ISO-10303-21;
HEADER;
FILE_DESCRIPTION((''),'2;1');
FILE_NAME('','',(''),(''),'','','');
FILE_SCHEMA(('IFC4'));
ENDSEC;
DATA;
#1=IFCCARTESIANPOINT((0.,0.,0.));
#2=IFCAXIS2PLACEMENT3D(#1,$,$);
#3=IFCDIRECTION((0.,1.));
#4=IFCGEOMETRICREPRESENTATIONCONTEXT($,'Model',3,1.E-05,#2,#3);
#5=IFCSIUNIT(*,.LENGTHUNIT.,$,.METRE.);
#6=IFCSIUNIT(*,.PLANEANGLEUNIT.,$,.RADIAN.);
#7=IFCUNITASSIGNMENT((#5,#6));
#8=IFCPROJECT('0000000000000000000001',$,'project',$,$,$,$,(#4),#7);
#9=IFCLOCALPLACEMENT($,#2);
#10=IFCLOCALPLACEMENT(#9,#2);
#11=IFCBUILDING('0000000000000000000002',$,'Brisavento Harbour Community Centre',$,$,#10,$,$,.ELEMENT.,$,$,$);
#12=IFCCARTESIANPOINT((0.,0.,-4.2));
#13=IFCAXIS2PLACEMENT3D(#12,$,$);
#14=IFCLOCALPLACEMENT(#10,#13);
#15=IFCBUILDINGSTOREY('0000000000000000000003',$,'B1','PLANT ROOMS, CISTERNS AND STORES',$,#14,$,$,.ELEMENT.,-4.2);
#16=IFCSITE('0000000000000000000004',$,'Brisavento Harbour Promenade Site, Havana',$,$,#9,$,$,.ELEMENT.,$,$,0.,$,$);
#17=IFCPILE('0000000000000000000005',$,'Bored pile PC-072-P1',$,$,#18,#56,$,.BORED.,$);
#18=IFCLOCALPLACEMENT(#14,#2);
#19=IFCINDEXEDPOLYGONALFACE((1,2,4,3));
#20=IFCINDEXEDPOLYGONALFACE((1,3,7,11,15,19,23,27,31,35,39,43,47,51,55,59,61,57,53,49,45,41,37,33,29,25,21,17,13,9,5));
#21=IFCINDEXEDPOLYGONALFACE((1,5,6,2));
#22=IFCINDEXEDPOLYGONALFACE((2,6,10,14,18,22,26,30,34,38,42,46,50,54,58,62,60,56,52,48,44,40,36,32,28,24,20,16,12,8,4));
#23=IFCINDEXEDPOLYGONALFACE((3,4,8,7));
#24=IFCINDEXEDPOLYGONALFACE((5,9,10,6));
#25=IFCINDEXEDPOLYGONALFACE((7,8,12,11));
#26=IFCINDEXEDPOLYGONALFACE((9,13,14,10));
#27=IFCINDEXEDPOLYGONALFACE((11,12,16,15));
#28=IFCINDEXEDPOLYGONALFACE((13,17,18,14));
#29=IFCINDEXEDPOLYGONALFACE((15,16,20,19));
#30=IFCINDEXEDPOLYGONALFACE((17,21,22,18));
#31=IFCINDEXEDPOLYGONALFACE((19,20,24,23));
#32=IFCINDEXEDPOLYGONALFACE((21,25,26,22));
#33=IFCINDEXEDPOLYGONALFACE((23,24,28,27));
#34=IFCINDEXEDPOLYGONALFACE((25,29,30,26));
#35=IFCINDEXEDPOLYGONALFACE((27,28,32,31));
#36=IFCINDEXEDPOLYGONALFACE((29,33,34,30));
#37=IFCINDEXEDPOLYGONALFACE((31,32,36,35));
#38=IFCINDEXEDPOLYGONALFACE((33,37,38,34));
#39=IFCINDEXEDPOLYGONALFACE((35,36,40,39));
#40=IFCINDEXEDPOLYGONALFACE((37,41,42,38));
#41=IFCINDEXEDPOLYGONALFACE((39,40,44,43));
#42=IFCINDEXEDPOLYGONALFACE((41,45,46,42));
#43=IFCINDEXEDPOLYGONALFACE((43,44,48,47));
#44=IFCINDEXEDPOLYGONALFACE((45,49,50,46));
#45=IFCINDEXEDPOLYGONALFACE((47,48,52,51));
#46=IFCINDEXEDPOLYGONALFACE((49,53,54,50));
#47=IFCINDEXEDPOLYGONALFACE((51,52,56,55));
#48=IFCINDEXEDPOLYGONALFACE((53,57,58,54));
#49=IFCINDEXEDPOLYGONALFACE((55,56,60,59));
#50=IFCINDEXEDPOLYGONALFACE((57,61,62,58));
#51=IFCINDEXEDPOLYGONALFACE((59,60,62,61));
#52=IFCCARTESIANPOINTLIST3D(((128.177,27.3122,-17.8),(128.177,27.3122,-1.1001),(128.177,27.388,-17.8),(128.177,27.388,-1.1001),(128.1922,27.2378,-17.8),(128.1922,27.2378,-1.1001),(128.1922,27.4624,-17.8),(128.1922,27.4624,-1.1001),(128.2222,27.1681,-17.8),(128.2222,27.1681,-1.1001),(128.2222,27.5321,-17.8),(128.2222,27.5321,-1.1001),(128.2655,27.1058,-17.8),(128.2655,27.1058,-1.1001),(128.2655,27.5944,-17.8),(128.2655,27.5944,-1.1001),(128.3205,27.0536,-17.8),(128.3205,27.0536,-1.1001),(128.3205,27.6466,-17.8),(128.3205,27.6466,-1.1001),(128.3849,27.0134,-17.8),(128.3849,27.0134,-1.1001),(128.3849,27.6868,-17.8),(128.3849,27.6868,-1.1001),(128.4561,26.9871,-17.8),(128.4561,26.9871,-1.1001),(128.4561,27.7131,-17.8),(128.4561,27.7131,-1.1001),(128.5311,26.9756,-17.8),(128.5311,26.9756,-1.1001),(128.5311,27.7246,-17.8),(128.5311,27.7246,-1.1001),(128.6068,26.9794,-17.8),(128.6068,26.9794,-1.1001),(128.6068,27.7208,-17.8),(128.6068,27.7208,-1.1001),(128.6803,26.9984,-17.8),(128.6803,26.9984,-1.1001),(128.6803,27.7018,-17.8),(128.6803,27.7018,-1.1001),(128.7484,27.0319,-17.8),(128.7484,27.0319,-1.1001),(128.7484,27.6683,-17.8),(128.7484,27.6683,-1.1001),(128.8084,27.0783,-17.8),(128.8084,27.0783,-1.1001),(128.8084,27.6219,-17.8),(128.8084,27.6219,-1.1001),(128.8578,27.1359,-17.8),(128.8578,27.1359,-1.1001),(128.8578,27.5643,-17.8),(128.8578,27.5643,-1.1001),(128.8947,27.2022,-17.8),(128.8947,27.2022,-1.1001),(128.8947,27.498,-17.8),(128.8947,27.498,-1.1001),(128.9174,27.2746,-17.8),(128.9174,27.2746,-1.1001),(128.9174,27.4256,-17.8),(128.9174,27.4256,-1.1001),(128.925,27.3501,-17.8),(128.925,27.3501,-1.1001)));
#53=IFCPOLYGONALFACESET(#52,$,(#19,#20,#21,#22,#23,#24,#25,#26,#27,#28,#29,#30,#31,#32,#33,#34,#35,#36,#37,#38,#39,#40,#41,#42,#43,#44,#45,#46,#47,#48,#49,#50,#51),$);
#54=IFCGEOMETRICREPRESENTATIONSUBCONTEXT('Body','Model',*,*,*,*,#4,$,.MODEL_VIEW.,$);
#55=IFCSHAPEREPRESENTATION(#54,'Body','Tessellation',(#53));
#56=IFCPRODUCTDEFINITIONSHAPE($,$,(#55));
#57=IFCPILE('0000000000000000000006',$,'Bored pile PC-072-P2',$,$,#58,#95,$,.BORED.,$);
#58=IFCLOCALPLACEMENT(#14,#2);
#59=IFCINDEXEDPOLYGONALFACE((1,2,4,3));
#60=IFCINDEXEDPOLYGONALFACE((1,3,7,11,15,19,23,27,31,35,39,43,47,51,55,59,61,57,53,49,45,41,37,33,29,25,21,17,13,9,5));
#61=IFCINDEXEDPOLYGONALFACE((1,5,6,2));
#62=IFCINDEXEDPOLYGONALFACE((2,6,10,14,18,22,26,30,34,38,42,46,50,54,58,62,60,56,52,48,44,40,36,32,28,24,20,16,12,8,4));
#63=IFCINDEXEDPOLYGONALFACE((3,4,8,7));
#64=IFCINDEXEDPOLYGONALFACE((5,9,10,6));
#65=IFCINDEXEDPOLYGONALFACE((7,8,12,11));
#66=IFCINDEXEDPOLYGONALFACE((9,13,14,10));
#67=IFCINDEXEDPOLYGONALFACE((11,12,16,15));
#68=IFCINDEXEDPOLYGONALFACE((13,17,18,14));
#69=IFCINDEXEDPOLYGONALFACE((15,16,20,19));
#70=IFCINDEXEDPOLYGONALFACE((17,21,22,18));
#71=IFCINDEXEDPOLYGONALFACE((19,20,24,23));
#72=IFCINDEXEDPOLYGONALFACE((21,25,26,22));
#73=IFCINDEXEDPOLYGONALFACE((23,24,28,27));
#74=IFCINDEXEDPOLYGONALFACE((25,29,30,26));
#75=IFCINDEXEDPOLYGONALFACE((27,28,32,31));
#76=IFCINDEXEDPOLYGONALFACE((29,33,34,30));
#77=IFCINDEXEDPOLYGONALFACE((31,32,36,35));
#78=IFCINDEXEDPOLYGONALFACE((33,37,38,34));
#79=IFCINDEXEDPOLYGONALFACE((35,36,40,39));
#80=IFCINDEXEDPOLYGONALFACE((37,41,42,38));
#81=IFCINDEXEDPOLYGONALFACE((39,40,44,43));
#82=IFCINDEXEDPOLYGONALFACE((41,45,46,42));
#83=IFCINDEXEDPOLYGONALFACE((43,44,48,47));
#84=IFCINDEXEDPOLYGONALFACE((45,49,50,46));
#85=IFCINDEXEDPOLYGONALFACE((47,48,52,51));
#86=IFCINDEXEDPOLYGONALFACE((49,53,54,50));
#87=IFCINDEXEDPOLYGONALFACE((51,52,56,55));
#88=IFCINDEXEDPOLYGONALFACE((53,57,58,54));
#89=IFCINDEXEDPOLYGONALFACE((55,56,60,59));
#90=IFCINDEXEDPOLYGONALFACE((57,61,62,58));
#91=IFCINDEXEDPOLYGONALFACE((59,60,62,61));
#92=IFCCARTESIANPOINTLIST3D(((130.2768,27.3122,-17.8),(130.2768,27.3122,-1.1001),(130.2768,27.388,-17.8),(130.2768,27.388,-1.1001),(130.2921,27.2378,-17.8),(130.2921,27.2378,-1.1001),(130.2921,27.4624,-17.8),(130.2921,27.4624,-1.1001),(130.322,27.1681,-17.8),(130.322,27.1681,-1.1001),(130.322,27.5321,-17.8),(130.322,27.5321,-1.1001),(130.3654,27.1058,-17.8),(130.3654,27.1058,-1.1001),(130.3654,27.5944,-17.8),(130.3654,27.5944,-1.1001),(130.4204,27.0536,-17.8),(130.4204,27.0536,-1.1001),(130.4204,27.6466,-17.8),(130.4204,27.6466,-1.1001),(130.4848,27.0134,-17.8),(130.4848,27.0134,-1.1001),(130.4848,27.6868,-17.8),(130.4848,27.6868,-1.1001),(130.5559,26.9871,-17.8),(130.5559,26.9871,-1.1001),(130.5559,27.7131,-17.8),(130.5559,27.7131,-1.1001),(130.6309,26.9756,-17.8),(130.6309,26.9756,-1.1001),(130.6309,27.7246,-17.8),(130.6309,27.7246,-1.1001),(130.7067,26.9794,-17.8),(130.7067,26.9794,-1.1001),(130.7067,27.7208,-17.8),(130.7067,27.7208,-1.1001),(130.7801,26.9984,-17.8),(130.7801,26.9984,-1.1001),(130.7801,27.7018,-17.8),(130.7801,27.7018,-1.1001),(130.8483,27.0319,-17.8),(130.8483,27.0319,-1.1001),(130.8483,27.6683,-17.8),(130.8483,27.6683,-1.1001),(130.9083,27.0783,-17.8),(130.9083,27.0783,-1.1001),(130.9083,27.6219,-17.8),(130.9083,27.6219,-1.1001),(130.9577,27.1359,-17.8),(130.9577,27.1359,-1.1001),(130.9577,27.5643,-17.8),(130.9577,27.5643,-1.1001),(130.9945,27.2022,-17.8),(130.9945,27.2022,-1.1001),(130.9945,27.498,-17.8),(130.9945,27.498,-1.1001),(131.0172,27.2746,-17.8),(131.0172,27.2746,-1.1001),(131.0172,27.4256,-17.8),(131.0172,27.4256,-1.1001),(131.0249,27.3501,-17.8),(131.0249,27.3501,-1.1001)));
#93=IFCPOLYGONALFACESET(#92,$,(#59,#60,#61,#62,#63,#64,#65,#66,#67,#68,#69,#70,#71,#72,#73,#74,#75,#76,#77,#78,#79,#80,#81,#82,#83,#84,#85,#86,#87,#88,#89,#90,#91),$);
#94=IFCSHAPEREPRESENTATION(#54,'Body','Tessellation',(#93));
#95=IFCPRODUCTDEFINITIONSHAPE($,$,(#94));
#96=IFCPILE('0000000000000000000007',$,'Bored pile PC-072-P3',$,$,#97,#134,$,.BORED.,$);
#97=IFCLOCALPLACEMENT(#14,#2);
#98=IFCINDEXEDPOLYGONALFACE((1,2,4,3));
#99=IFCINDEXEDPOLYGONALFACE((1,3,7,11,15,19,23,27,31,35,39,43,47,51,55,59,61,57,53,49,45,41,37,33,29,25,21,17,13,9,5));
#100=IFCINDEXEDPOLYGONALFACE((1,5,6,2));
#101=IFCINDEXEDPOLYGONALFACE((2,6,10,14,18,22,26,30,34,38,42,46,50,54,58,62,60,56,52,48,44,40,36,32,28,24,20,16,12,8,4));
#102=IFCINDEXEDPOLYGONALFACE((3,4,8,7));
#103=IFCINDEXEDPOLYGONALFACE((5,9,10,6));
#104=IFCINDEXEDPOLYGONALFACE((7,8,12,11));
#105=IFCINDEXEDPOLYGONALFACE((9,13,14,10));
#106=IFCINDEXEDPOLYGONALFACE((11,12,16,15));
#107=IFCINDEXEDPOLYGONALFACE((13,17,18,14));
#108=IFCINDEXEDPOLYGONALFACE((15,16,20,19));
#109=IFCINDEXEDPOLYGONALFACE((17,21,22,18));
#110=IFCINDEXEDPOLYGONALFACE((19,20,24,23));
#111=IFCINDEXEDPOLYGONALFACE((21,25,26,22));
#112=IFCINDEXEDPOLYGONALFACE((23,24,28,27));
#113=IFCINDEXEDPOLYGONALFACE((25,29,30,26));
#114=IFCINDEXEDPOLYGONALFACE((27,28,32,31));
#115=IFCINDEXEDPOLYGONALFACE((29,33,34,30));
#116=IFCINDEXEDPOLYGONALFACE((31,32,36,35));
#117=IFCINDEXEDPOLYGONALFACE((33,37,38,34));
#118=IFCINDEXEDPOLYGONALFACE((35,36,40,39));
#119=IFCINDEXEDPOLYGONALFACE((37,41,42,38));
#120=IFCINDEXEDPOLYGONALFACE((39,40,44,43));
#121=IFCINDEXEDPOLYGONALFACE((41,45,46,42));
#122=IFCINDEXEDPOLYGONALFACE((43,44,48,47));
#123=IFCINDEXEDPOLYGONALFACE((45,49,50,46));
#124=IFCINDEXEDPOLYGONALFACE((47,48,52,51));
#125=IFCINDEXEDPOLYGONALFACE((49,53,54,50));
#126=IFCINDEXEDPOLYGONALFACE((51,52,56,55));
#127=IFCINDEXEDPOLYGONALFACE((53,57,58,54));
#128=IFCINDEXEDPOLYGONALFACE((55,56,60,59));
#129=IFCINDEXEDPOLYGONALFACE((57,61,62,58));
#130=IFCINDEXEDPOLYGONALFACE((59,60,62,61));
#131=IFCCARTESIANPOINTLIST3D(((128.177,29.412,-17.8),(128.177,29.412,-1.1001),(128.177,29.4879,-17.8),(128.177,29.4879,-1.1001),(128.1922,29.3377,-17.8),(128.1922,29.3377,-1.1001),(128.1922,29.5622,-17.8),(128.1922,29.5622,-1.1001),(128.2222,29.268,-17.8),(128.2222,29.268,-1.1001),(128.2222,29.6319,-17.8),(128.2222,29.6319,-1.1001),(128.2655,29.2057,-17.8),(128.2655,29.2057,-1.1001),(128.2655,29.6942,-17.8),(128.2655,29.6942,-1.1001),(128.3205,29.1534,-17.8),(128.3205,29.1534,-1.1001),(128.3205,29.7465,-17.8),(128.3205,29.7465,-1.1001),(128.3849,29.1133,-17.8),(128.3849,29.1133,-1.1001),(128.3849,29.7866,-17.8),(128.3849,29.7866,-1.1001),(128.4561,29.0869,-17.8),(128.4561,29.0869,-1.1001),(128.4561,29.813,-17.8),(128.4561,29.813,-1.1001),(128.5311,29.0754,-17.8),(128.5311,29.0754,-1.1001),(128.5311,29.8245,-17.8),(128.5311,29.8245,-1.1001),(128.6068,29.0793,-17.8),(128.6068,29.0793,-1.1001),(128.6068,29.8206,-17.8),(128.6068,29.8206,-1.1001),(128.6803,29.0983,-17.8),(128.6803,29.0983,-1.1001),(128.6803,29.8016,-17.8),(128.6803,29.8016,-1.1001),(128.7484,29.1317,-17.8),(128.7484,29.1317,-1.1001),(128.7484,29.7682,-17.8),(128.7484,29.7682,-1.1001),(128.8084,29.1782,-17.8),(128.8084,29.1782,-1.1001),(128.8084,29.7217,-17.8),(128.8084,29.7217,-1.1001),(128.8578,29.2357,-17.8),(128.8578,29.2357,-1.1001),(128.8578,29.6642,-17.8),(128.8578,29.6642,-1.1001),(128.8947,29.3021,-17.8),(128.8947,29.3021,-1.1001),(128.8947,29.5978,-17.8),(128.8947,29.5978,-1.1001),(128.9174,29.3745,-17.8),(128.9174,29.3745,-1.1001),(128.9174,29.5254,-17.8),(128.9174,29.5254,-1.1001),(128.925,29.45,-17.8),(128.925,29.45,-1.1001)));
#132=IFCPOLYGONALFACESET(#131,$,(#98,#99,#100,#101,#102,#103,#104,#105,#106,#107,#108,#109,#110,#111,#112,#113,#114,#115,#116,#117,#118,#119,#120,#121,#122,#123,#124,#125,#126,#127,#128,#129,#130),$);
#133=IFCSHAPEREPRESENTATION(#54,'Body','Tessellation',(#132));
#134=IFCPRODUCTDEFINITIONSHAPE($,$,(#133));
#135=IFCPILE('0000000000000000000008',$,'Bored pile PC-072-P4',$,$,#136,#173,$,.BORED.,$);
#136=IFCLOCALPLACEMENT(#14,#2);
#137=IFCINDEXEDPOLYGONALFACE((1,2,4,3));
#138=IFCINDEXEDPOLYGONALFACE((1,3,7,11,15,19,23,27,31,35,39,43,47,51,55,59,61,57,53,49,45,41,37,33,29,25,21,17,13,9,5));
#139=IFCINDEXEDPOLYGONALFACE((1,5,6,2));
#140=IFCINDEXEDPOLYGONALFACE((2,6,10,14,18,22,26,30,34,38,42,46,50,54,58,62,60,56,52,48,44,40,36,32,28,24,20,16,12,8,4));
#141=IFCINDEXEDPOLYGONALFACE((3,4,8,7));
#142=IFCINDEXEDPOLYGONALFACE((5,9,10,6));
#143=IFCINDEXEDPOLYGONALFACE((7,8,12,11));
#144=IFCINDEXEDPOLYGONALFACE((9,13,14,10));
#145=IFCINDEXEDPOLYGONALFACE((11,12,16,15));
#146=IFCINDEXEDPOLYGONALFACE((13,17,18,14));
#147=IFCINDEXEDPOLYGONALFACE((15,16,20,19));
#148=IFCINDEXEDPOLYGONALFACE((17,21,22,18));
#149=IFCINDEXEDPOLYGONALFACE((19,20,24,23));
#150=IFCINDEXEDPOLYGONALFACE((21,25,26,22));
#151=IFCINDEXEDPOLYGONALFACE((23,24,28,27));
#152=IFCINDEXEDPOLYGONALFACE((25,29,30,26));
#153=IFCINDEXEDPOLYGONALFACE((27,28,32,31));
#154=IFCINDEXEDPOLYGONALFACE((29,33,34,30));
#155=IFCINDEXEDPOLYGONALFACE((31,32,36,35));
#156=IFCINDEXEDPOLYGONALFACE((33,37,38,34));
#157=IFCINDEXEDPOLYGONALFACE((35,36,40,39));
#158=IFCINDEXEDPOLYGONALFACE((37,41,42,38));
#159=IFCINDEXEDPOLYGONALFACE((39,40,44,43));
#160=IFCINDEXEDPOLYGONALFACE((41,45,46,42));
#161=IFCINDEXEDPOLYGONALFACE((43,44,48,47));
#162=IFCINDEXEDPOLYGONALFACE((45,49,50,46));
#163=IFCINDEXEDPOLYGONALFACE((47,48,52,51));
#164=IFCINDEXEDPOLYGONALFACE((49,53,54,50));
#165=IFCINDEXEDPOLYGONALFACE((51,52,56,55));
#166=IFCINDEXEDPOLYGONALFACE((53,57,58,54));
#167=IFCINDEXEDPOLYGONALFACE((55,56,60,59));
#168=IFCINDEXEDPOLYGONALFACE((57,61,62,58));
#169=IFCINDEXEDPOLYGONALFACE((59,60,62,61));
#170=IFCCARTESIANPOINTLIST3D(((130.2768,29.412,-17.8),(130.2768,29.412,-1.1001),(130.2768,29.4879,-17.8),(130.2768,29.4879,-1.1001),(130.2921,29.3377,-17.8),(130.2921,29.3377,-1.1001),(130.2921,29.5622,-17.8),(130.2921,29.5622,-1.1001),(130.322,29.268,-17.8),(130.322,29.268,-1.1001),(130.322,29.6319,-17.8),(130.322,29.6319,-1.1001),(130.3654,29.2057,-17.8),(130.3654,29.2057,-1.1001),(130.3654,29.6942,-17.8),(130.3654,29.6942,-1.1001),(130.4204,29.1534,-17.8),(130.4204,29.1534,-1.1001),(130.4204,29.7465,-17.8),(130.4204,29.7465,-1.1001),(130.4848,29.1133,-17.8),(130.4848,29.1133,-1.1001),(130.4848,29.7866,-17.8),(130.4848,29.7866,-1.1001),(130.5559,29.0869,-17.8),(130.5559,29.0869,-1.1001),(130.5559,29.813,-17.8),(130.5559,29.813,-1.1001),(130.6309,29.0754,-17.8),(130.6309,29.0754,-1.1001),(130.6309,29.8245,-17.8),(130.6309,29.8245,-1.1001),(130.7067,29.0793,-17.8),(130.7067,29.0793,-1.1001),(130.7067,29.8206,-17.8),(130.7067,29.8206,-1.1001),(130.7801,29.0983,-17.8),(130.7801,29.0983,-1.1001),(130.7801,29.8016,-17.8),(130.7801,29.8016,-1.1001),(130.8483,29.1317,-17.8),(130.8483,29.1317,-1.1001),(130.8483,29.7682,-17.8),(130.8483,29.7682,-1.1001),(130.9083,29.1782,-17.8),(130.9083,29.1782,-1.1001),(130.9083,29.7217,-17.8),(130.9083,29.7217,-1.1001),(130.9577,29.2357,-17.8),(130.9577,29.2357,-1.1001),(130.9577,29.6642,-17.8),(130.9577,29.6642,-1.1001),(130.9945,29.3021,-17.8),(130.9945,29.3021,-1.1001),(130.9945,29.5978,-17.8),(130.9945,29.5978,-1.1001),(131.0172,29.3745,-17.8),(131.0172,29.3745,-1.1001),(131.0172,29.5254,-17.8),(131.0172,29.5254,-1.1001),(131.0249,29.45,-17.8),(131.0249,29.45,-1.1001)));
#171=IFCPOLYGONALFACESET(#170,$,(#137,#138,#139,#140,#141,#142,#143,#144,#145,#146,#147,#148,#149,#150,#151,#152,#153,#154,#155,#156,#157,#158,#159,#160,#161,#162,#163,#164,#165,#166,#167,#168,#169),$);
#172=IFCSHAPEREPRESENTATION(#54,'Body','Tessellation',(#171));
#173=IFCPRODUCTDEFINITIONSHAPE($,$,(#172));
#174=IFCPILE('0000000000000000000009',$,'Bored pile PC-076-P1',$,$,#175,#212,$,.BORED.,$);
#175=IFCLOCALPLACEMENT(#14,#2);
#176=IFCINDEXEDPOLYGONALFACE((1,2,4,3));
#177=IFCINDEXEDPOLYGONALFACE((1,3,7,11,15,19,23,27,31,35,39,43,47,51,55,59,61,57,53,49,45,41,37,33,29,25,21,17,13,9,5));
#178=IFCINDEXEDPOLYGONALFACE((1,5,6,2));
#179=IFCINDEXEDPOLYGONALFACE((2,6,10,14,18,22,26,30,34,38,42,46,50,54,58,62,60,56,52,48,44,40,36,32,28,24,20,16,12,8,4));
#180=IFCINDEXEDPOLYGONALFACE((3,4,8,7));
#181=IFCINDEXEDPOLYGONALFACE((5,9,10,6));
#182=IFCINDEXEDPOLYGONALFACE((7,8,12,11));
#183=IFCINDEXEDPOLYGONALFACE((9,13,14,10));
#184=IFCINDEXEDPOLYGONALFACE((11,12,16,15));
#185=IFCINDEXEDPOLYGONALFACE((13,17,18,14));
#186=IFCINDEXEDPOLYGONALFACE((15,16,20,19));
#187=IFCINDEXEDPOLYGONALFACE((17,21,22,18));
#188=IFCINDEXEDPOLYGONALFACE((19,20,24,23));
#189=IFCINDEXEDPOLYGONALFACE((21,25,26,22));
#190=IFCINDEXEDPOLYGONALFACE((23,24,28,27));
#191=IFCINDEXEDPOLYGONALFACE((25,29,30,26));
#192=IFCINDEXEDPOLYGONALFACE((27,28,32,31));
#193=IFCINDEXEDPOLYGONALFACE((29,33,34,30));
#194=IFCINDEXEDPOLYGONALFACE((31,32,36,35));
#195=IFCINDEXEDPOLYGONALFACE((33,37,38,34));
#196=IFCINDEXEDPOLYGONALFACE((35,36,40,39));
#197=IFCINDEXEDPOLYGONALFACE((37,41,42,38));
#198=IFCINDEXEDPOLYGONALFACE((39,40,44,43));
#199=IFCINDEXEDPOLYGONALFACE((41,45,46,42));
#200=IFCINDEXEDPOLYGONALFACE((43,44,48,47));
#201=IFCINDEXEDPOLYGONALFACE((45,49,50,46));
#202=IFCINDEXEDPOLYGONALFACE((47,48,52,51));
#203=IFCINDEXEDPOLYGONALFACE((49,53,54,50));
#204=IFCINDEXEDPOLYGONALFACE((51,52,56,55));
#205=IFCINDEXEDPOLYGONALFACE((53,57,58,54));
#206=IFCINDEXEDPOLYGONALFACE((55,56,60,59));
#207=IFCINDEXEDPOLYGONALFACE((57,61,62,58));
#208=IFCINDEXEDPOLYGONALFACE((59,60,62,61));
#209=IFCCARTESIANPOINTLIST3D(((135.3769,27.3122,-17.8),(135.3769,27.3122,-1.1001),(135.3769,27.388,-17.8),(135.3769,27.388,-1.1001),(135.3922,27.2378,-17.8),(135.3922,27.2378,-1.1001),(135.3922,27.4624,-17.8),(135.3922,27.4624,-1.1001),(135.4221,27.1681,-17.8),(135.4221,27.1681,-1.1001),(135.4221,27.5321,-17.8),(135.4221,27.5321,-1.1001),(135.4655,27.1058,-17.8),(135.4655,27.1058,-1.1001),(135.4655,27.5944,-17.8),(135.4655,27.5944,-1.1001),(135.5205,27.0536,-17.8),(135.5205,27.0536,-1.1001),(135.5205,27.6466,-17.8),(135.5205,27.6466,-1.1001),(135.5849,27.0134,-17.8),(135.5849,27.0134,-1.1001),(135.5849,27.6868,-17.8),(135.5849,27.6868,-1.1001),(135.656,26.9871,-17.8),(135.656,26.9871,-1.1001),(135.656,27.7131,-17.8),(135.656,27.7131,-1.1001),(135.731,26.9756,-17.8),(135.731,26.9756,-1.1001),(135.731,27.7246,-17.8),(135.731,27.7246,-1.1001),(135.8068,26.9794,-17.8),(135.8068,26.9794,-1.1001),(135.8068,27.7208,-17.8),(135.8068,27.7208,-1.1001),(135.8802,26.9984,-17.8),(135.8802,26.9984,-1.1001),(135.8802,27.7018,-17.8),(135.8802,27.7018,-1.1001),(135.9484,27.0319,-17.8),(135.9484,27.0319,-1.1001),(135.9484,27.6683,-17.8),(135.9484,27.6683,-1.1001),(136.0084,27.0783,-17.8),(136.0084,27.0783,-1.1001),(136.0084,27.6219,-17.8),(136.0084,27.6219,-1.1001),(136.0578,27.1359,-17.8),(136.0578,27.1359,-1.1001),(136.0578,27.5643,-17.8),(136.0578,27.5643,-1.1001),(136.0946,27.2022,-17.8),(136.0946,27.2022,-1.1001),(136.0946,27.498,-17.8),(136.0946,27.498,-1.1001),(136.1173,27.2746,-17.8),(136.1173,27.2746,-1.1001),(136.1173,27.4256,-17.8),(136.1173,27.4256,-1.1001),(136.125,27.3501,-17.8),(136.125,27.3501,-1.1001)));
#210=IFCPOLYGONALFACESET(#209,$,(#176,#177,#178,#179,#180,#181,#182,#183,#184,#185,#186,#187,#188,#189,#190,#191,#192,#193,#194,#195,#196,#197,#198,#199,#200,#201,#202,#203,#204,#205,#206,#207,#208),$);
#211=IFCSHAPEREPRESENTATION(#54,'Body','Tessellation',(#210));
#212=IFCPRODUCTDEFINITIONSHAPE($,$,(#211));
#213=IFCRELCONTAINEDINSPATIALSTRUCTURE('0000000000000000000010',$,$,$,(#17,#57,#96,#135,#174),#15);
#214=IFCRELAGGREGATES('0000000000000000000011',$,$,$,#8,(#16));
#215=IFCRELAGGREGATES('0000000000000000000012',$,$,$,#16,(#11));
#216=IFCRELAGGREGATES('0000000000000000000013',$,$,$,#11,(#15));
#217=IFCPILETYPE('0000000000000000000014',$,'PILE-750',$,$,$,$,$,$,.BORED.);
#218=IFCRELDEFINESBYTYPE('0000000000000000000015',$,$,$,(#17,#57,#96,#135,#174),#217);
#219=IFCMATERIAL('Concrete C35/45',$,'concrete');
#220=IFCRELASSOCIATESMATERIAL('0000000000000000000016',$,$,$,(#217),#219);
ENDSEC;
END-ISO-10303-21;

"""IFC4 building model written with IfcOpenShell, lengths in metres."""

from ifc_helpers import new_model, si_unit, direction, frame, origin, origin_2d, place, context, subcontext, project, spatial, circle, extrude, material, material_profile, profile_set, type_object, element, save


model = new_model("IFC4")

# Units and contexts
model_context = context("Model", 3, precision=1e-05, world=origin(), true_north=direction((0.0, 1.0)))
body_context = subcontext(model_context, "Body", "Model", "MODEL_VIEW")
ifc_project = project(units=[si_unit("LENGTHUNIT", "METRE"), si_unit("PLANEANGLEUNIT", "RADIAN")], contexts=[model_context])

# Site, building, storey
site_placement = place(None, origin())
site = spatial("IfcSite", under=ifc_project, at=site_placement, Name="Brisavento Harbour Promenade Site, Havana", CompositionType="ELEMENT", RefElevation=0.0)
building_placement = place(site_placement, origin())
building = spatial("IfcBuilding", under=site, at=building_placement, Name="Brisavento Harbour Community Centre", CompositionType="ELEMENT")
storey_placement = place(building_placement, frame((0.0, 0.0, -4.2)))
storey = spatial("IfcBuildingStorey", under=building, at=storey_placement, Name="B1", Description="PLANT ROOMS, CISTERNS AND STORES", CompositionType="ELEMENT", Elevation=-4.2)

# Shared definitions
ifc_material = material(Name="Concrete C35/45", Category="concrete")

# Piles
ifc_material_profile_1 = material_profile(ifc_material, circle(Radius=0.375, at=origin_2d()), Name="Concrete C35/45")
ifc_profile_set_1 = profile_set([ifc_material_profile_1], Name="Concrete C35/45")
pile_type_1 = type_object("IfcPileType", Name="PILE-750", PredefinedType="BORED", material=ifc_profile_set_1)
for number, where, z_axis, x_axis, name in (
    (1, (128.55, 27.3501, -1.1001), (0.0, 0.0, -1.0), (1.0, 0.0, 0.0), "Bored pile PC-072-P1"),
    (2, (130.6499, 27.3501, -1.1001), (0.0, 0.0, -1.0), (1.0, 0.0, 0.0), "Bored pile PC-072-P2"),
    (3, (128.55, 29.45, -1.1001), (0.0, 0.0, -1.0), (1.0, 0.0, 0.0), "Bored pile PC-072-P3"),
    (4, (130.6499, 29.45, -1.1001), (0.0, 0.0, -1.0), (1.0, 0.0, 0.0), "Bored pile PC-072-P4"),
    (5, (135.75, 27.3501, -1.1001), (0.0, 0.0, -1.0), (1.0, 0.0, 0.0), "Bored pile PC-076-P1"),
):
    element("IfcPile", number, at=place(storey_placement, frame(where, z_axis=z_axis, x_axis=x_axis)), inside=storey, type_object=pile_type_1, Name=name, PredefinedType="BORED", context=body_context, shape_type="SweptSolid", body=[
        extrude(circle(Radius=0.375, at=origin_2d()), origin(), (0.0, 0.0, 1.0), 16.7),
    ])

save(model, "model.ifc")
